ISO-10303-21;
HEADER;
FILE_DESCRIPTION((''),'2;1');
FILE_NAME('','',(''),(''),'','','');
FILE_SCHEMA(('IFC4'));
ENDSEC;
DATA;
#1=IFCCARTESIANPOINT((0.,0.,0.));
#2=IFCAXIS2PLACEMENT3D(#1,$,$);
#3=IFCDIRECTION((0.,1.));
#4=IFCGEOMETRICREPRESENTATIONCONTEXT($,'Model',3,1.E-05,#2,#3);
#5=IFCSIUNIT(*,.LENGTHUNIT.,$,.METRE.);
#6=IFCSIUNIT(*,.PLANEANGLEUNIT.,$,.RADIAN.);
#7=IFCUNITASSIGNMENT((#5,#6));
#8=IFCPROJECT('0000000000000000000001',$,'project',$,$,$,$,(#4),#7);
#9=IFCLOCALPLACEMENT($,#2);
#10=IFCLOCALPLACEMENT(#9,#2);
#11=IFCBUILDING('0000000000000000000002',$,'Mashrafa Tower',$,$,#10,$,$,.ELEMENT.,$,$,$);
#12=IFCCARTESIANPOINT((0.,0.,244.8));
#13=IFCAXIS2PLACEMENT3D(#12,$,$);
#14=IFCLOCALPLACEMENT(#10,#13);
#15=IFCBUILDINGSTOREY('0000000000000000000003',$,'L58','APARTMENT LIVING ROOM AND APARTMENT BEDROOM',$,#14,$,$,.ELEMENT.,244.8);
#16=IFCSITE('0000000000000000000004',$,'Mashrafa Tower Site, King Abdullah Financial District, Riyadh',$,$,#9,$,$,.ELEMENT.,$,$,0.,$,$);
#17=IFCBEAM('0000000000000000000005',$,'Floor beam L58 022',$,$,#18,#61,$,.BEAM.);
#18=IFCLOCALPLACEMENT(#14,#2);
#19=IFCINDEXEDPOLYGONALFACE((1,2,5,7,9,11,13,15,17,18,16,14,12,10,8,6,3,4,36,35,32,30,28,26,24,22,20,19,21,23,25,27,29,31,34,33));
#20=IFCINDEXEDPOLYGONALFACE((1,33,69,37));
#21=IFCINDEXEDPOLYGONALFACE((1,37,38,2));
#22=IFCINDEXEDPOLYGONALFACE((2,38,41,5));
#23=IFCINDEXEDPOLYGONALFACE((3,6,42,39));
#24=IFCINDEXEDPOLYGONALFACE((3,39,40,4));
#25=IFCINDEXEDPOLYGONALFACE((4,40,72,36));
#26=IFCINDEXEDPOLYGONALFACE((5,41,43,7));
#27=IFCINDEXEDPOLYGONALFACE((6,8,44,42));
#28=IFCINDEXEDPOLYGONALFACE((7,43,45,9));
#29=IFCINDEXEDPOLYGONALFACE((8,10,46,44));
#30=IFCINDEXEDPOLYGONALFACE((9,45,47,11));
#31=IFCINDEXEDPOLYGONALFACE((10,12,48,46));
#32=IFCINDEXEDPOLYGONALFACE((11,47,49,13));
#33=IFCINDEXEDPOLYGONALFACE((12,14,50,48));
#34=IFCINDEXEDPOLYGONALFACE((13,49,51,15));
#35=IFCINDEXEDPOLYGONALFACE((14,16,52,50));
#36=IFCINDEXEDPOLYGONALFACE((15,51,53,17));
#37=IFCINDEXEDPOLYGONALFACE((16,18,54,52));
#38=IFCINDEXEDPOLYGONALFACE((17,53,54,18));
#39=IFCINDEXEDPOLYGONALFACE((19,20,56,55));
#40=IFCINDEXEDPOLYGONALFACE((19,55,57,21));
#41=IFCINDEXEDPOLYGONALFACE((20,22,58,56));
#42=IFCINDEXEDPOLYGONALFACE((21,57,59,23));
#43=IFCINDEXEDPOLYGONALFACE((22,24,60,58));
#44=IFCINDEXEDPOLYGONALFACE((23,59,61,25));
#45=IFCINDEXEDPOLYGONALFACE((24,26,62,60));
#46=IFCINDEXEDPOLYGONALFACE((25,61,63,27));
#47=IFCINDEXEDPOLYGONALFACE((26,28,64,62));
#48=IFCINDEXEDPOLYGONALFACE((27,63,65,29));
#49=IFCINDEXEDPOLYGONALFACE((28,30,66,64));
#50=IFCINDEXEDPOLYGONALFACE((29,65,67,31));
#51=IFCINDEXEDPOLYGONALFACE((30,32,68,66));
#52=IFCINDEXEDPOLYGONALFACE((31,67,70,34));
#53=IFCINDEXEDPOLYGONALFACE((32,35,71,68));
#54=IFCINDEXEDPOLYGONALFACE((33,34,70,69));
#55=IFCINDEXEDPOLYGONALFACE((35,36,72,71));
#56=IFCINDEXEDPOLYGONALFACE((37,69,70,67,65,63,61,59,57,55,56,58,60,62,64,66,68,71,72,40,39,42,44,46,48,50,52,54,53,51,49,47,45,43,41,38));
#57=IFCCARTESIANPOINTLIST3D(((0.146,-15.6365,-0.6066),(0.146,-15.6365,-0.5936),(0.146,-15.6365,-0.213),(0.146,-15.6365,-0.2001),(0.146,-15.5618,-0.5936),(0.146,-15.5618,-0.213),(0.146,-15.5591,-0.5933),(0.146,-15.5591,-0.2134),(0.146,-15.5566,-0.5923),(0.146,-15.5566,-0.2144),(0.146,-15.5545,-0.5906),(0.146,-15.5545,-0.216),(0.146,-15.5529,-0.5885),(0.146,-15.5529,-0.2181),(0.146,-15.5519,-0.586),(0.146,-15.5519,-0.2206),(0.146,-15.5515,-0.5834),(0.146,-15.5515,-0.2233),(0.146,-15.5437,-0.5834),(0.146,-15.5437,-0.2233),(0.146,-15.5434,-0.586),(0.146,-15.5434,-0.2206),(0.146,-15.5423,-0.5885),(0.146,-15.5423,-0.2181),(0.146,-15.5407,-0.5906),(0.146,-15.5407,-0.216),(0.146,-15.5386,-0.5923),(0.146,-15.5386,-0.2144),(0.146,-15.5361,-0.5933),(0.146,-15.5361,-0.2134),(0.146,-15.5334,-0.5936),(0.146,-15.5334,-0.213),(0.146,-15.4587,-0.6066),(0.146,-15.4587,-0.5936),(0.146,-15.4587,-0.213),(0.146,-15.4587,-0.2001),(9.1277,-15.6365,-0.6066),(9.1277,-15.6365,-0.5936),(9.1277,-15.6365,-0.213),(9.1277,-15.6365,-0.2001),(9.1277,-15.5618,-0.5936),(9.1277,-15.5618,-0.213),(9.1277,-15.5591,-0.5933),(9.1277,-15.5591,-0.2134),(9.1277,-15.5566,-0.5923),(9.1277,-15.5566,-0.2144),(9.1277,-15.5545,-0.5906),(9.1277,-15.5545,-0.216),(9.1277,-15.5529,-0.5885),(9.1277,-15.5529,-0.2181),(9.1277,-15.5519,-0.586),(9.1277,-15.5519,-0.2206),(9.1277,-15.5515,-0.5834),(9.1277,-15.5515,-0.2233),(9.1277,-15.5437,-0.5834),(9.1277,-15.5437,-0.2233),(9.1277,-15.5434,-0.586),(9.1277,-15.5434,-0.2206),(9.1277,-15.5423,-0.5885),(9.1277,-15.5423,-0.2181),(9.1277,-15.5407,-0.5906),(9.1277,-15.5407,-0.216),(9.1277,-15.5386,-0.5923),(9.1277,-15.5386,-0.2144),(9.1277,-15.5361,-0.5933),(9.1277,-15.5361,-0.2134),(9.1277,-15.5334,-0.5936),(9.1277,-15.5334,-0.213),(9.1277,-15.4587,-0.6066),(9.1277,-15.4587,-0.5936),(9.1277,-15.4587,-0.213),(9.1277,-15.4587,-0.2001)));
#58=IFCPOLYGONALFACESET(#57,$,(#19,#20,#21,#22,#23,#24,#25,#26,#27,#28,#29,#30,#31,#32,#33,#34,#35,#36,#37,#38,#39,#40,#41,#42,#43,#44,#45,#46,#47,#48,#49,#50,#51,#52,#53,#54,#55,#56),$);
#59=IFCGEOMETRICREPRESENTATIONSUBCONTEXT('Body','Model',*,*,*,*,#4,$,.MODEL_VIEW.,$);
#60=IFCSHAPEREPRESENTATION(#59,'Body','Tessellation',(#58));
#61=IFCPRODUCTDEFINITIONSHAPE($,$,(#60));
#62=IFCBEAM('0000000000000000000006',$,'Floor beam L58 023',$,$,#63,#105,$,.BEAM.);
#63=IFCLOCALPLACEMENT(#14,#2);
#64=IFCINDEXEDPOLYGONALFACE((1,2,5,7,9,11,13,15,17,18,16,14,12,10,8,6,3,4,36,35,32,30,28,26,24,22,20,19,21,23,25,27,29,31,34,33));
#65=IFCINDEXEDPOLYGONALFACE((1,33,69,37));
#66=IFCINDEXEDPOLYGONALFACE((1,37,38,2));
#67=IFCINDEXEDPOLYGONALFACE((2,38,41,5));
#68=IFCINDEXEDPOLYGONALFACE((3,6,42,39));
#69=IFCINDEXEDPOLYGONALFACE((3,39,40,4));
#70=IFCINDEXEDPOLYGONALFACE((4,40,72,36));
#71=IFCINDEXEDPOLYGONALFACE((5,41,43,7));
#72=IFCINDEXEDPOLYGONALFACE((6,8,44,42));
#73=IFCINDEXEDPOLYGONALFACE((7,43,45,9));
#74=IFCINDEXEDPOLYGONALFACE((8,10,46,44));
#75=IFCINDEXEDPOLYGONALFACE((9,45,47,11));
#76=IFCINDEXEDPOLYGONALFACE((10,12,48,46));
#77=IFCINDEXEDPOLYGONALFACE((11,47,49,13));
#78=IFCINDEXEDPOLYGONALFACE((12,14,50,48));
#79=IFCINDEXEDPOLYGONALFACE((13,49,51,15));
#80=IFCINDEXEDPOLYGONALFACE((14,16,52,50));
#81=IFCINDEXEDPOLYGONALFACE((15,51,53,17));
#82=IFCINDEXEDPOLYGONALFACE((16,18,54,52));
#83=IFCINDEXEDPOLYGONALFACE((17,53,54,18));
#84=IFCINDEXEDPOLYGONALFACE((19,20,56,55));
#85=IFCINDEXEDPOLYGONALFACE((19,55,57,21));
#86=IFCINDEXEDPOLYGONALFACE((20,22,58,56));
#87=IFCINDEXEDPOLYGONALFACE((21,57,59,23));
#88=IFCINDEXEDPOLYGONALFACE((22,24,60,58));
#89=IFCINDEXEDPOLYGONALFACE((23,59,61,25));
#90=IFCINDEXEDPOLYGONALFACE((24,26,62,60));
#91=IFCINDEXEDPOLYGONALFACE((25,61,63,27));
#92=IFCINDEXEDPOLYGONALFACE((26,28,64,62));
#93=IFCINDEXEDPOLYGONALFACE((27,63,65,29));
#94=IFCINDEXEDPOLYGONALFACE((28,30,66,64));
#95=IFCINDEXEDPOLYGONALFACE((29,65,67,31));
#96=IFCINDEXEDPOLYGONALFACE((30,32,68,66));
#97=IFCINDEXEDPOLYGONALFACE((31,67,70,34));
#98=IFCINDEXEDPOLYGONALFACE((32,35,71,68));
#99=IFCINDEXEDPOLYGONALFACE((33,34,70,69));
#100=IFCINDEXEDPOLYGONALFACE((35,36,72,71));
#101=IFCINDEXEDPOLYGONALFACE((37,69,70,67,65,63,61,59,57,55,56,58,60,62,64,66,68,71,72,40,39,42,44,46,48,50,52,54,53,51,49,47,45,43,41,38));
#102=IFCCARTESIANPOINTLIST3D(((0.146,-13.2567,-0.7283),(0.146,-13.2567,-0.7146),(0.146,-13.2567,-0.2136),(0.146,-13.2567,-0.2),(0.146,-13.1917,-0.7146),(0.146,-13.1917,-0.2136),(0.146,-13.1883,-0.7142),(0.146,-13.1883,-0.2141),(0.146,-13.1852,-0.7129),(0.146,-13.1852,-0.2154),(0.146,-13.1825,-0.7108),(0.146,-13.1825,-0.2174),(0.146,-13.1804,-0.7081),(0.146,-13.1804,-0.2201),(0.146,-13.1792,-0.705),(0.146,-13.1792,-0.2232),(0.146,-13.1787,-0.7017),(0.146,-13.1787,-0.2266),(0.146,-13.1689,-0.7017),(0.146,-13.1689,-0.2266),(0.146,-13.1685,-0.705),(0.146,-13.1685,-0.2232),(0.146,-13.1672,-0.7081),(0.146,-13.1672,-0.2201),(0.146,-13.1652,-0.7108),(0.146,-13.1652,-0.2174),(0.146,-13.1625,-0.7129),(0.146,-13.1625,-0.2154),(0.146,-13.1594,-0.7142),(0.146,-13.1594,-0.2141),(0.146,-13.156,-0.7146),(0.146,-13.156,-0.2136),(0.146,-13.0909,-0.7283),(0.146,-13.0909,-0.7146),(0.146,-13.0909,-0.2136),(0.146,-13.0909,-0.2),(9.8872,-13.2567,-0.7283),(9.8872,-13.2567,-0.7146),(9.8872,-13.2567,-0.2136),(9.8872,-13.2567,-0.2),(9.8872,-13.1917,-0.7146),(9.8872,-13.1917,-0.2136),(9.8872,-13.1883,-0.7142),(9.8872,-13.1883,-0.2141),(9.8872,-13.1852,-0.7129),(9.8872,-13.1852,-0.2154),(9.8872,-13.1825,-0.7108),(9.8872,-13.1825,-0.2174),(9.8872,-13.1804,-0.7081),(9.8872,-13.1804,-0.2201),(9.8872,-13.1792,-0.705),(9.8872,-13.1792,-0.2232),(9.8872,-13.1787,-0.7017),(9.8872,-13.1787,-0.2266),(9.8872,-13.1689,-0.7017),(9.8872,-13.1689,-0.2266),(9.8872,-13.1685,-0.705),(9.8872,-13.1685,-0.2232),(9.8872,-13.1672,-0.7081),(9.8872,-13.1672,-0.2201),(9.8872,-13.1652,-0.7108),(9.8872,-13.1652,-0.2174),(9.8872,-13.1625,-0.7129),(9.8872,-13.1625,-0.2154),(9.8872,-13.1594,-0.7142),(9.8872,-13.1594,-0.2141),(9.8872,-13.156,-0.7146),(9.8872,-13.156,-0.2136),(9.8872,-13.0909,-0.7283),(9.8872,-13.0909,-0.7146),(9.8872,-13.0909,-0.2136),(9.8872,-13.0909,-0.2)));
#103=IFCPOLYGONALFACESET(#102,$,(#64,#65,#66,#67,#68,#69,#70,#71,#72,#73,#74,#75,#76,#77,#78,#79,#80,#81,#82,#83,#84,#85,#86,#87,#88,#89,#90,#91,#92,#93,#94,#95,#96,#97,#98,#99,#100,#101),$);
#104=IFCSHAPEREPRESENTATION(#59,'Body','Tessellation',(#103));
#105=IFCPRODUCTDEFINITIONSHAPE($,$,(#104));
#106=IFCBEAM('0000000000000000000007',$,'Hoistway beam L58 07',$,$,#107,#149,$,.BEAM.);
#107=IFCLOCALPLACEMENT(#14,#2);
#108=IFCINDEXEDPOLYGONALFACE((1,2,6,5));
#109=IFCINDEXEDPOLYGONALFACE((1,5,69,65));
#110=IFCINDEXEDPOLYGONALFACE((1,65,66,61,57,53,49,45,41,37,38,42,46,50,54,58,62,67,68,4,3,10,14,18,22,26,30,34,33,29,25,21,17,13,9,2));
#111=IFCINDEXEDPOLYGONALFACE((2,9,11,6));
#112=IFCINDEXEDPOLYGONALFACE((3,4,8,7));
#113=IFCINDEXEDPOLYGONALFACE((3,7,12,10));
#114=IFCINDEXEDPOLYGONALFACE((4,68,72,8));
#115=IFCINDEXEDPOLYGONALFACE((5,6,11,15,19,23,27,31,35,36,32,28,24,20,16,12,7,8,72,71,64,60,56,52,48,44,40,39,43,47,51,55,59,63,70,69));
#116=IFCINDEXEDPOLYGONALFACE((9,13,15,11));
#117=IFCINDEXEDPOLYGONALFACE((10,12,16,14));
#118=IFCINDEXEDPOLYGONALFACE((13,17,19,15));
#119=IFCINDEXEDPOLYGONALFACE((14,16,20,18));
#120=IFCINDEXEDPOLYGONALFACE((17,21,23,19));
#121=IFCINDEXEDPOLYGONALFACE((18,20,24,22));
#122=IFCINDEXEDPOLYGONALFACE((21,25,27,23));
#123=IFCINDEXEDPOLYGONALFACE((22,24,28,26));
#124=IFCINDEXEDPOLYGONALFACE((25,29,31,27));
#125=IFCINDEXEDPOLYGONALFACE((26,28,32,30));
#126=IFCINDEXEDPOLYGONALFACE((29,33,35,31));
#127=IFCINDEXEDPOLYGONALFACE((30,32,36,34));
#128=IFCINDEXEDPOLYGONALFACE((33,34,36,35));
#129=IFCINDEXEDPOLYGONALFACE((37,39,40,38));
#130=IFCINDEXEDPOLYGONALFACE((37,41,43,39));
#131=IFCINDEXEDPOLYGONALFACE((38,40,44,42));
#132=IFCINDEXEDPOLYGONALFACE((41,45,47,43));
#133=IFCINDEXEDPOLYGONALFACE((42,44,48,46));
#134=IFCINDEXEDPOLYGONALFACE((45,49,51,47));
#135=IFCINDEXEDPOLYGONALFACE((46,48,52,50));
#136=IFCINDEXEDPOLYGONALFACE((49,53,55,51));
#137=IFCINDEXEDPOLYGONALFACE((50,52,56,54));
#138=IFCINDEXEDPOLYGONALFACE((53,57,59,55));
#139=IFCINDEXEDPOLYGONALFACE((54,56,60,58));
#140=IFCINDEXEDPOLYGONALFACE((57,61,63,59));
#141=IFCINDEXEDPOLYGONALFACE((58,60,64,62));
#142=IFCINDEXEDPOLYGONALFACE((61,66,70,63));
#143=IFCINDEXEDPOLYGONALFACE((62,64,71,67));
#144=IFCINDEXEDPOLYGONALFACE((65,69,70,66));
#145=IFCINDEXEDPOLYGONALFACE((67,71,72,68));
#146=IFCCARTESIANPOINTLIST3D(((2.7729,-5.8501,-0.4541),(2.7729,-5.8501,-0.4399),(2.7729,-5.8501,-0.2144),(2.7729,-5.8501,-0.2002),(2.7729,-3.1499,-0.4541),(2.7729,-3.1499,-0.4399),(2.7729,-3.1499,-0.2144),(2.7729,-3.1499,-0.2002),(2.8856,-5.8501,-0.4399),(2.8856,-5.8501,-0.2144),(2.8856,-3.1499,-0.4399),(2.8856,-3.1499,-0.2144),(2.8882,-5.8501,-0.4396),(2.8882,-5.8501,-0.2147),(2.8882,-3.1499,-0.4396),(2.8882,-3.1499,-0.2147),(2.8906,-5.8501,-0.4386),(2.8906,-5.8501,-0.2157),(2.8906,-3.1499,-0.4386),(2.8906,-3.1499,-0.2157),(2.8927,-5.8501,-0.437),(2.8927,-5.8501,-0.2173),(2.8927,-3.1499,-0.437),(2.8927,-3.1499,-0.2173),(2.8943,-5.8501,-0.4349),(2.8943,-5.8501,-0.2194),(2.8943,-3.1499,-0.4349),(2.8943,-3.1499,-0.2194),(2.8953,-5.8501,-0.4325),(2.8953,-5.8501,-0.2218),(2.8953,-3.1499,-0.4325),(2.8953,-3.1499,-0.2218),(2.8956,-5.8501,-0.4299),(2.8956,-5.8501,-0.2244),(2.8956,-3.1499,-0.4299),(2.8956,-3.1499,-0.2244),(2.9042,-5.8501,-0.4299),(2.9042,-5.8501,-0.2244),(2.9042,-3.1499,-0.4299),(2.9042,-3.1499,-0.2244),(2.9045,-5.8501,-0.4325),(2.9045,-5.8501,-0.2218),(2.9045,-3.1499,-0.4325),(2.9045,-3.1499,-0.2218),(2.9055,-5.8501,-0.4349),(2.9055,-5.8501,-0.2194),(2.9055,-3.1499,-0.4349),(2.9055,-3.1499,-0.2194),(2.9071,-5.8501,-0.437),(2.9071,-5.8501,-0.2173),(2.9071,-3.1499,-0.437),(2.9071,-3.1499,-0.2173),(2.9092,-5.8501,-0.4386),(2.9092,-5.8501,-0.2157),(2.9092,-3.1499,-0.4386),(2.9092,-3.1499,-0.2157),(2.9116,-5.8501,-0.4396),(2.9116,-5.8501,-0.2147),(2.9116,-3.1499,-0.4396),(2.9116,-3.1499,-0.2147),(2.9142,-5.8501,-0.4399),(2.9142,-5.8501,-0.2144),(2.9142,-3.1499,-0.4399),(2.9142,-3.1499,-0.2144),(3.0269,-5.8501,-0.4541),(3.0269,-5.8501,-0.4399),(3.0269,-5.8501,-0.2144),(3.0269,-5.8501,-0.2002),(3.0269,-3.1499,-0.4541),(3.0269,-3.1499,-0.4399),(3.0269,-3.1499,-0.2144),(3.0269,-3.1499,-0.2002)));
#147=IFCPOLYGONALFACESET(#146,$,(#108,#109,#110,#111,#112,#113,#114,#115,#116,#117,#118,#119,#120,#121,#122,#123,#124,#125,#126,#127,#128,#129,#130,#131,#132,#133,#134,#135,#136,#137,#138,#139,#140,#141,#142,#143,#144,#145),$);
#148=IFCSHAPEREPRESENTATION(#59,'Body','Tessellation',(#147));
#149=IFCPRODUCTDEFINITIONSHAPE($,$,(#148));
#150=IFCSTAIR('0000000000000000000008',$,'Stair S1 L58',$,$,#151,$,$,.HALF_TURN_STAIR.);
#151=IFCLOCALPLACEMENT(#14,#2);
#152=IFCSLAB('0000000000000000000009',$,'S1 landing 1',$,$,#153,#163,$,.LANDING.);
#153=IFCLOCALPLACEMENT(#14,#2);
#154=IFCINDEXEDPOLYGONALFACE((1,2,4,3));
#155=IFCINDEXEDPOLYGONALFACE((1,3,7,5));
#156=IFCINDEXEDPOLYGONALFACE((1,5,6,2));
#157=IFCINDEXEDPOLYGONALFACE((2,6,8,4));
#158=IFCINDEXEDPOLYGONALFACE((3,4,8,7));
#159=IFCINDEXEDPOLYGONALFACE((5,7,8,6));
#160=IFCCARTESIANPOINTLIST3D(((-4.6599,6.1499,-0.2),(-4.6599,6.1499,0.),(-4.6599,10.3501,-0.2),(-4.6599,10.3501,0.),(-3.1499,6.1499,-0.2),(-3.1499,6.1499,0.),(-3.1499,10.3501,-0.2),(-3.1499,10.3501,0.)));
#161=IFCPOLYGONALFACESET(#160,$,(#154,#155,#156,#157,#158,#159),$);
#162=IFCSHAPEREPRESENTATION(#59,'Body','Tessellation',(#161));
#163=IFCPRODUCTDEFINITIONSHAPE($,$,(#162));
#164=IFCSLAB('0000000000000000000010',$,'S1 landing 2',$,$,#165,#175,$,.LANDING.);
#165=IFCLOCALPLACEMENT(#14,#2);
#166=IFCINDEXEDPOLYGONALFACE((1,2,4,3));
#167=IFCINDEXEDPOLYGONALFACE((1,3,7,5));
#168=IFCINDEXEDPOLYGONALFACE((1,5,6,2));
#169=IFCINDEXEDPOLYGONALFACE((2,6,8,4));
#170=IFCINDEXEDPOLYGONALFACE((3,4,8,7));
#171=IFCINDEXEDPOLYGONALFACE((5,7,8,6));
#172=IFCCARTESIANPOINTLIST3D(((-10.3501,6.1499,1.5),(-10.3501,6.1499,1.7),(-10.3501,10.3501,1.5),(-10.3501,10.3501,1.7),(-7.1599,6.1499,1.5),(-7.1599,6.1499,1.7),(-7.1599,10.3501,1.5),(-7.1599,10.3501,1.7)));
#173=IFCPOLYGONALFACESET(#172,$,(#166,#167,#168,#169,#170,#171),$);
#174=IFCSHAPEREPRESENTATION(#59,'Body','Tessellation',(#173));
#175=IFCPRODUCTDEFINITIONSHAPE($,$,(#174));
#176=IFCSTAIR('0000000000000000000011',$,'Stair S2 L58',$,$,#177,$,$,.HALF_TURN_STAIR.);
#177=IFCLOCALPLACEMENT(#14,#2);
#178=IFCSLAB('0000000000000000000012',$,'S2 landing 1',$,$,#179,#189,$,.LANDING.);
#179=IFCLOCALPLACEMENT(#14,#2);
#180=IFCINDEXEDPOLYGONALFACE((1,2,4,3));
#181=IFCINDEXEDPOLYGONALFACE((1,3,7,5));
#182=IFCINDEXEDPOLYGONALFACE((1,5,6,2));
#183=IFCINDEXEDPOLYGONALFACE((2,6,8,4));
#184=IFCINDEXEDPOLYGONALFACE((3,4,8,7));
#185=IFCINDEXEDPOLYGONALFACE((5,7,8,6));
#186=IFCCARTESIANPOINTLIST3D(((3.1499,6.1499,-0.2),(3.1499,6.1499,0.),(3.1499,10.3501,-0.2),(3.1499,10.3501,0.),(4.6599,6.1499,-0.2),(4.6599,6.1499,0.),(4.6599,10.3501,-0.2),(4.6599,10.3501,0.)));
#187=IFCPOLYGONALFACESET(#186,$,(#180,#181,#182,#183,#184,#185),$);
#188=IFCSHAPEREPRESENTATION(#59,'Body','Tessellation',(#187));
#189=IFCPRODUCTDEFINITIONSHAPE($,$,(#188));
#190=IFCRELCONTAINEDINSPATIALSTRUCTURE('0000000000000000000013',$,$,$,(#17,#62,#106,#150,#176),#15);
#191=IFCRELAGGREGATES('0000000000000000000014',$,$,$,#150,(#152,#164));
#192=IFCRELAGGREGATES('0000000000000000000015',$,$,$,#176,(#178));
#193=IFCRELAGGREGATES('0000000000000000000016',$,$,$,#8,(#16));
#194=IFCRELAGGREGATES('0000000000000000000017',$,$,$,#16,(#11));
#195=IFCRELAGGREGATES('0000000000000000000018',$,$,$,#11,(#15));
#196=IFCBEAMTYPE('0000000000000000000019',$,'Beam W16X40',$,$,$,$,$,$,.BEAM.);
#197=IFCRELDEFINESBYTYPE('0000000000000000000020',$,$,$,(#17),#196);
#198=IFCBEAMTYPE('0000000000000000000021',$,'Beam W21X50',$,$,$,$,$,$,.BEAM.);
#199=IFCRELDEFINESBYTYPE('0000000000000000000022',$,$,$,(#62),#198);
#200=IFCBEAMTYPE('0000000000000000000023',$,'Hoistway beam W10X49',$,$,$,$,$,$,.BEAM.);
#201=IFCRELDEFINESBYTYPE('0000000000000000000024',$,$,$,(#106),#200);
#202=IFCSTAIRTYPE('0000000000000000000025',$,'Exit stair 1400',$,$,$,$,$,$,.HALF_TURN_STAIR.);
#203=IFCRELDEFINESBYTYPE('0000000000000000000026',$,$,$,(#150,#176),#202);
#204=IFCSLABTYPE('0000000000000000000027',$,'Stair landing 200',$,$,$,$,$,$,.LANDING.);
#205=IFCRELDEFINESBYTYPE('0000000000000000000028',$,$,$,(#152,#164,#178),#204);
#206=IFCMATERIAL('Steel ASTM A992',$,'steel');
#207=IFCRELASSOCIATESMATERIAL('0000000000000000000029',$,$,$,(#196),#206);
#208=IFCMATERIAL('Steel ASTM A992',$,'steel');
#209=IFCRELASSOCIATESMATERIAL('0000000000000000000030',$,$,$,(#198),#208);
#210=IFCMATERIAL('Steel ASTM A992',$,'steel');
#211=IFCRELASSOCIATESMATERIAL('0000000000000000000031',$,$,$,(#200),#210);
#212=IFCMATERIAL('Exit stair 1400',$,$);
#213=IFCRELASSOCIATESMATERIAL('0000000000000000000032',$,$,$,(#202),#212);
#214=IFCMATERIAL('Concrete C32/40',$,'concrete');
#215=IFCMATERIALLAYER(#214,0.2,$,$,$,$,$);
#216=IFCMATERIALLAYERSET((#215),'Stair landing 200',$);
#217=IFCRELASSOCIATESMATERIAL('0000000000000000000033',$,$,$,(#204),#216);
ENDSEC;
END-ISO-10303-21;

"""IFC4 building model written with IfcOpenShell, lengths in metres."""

from ifc_helpers import new_model, si_unit, direction, frame, origin, origin_2d, place, context, subcontext, project, spatial, polyline, i_section, outline, extrude, material, layer, layer_set, material_profile, profile_set, type_object, element, aggregate, save


model = new_model("IFC4")

# Units and contexts
model_context = context("Model", 3, precision=1e-05, world=origin(), true_north=direction((0.0, 1.0)))
body_context = subcontext(model_context, "Body", "Model", "MODEL_VIEW")
ifc_project = project(units=[si_unit("LENGTHUNIT", "METRE"), si_unit("PLANEANGLEUNIT", "RADIAN")], contexts=[model_context])

# Site, building, storey
site_placement = place(None, origin())
site = spatial("IfcSite", under=ifc_project, at=site_placement, Name="Mashrafa Tower Site, King Abdullah Financial District, Riyadh", CompositionType="ELEMENT", RefElevation=0.0)
building_placement = place(site_placement, origin())
building = spatial("IfcBuilding", under=site, at=building_placement, Name="Mashrafa Tower", CompositionType="ELEMENT")
storey_placement = place(building_placement, frame((0.0, 0.0, 244.8)))
storey = spatial("IfcBuildingStorey", under=building, at=storey_placement, Name="L58", Description="APARTMENT LIVING ROOM AND APARTMENT BEDROOM", CompositionType="ELEMENT", Elevation=244.8)

# Beams
ifc_material_1 = material(Name="Steel ASTM A992", Category="steel")
ifc_material_profile_1 = material_profile(ifc_material_1, i_section(OverallWidth=0.1777, OverallDepth=0.4065, WebThickness=0.0078, FlangeThickness=0.0129, FilletRadius=0.0103, at=origin_2d()), Name="W16X40")
ifc_profile_set_1 = profile_set([ifc_material_profile_1], Name="Steel ASTM A992")
beam_type_1 = type_object("IfcBeamType", Name="Beam W16X40", PredefinedType="BEAM", material=ifc_profile_set_1)
beam_1_placement = place(storey_placement, frame((9.1277, -15.5476, -0.4033), z_axis=(-1.0, 0.0, 0.0), x_axis=(0.0, -1.0, 0.0)))
element("IfcBeam", 1, at=beam_1_placement, inside=storey, type_object=beam_type_1, Name="Floor beam L58 022", PredefinedType="BEAM", context=body_context, shape_type="SweptSolid", body=[
    extrude(i_section(OverallWidth=0.1777, OverallDepth=0.4065, WebThickness=0.0078, FlangeThickness=0.0129, FilletRadius=0.0103, at=origin_2d()), origin(), (0.0, 0.0, 1.0), 8.9817),
])
ifc_material_2 = material(Name="Steel ASTM A992", Category="steel")
ifc_material_profile_2 = material_profile(ifc_material_2, i_section(OverallWidth=0.1658, OverallDepth=0.5283, WebThickness=0.0098, FlangeThickness=0.0137, FilletRadius=0.0129, at=origin_2d()), Name="W21X50")
ifc_profile_set_2 = profile_set([ifc_material_profile_2], Name="Steel ASTM A992")
beam_type_2 = type_object("IfcBeamType", Name="Beam W21X50", PredefinedType="BEAM", material=ifc_profile_set_2)
beam_2_placement = place(storey_placement, frame((9.8872, -13.1738, -0.4641), z_axis=(-1.0, 0.0, 0.0), x_axis=(0.0, -1.0, 0.0)))
element("IfcBeam", 2, at=beam_2_placement, inside=storey, type_object=beam_type_2, Name="Floor beam L58 023", PredefinedType="BEAM", context=body_context, shape_type="SweptSolid", body=[
    extrude(i_section(OverallWidth=0.1658, OverallDepth=0.5283, WebThickness=0.0098, FlangeThickness=0.0137, FilletRadius=0.0129, at=origin_2d()), origin(), (0.0, 0.0, 1.0), 9.7412),
])
ifc_material_3 = material(Name="Steel ASTM A992", Category="steel")
ifc_material_profile_3 = material_profile(ifc_material_3, i_section(OverallWidth=0.2539, OverallDepth=0.2539, WebThickness=0.0085, FlangeThickness=0.0142, FilletRadius=0.01, at=origin_2d()), Name="W10X49")
ifc_profile_set_3 = profile_set([ifc_material_profile_3], Name="Steel ASTM A992")
beam_type_3 = type_object("IfcBeamType", Name="Hoistway beam W10X49", PredefinedType="BEAM", material=ifc_profile_set_3)
beam_3_placement = place(storey_placement, frame((2.8999, -5.8501, -0.3271), z_axis=(0.0, 1.0, 0.0), x_axis=(-1.0, 0.0, 0.0)))
element("IfcBeam", 3, at=beam_3_placement, inside=storey, type_object=beam_type_3, Name="Hoistway beam L58 07", PredefinedType="BEAM", context=body_context, shape_type="SweptSolid", body=[
    extrude(i_section(OverallWidth=0.2539, OverallDepth=0.2539, WebThickness=0.0085, FlangeThickness=0.0142, FilletRadius=0.01, at=origin_2d()), origin(), (0.0, 0.0, 1.0), 2.7002),
])

# Stairs, slabs
ifc_material_4 = material(Name="Exit stair 1400")
stair_type = type_object("IfcStairType", Name="Exit stair 1400", PredefinedType="HALF_TURN_STAIR", material=ifc_material_4)
stair_1_placement = place(storey_placement, origin())
stair_1 = element("IfcStair", 4, at=stair_1_placement, inside=storey, type_object=stair_type, Name="Stair S1 L58", PredefinedType="HALF_TURN_STAIR")
ifc_material_5 = material(Name="Concrete C32/40", Category="concrete")
ifc_layer_1 = layer(ifc_material_5, 0.2)
ifc_layer_set_1 = layer_set([ifc_layer_1], Name="Stair landing 200")
slab_type = type_object("IfcSlabType", Name="Stair landing 200", PredefinedType="LANDING", material=ifc_layer_set_1)
slab_1_placement = place(storey_placement, frame((0.0, 0.0, -0.2)))
slab_1 = element("IfcSlab", 5, at=slab_1_placement, type_object=slab_type, Name="S1 landing 1", PredefinedType="LANDING", context=body_context, shape_type="SweptSolid", body=[
    extrude(outline(polyline([(-4.6599, 6.1499), (-3.1499, 6.1499), (-3.1499, 10.3501), (-4.6599, 10.3501), (-4.6599, 6.1499)])), origin(), (0.0, 0.0, 1.0), 0.2),
])
slab_2_placement = place(storey_placement, frame((0.0, 0.0, 1.5)))
slab_2 = element("IfcSlab", 6, at=slab_2_placement, type_object=slab_type, Name="S1 landing 2", PredefinedType="LANDING", context=body_context, shape_type="SweptSolid", body=[
    extrude(outline(polyline([(-10.3501, 6.1499), (-7.1599, 6.1499), (-7.1599, 10.3501), (-10.3501, 10.3501), (-10.3501, 6.1499)])), origin(), (0.0, 0.0, 1.0), 0.2),
])
aggregate(stair_1, [slab_1, slab_2])
stair_2_placement = place(storey_placement, origin())
stair_2 = element("IfcStair", 7, at=stair_2_placement, inside=storey, type_object=stair_type, Name="Stair S2 L58", PredefinedType="HALF_TURN_STAIR")
slab_3_placement = place(storey_placement, frame((0.0, 0.0, -0.2)))
slab_3 = element("IfcSlab", 8, at=slab_3_placement, type_object=slab_type, Name="S2 landing 1", PredefinedType="LANDING", context=body_context, shape_type="SweptSolid", body=[
    extrude(outline(polyline([(3.1499, 6.1499), (4.6599, 6.1499), (4.6599, 10.3501), (3.1499, 10.3501), (3.1499, 6.1499)])), origin(), (0.0, 0.0, 1.0), 0.2),
])
aggregate(stair_2, [slab_3])

save(model, "model.ifc")
